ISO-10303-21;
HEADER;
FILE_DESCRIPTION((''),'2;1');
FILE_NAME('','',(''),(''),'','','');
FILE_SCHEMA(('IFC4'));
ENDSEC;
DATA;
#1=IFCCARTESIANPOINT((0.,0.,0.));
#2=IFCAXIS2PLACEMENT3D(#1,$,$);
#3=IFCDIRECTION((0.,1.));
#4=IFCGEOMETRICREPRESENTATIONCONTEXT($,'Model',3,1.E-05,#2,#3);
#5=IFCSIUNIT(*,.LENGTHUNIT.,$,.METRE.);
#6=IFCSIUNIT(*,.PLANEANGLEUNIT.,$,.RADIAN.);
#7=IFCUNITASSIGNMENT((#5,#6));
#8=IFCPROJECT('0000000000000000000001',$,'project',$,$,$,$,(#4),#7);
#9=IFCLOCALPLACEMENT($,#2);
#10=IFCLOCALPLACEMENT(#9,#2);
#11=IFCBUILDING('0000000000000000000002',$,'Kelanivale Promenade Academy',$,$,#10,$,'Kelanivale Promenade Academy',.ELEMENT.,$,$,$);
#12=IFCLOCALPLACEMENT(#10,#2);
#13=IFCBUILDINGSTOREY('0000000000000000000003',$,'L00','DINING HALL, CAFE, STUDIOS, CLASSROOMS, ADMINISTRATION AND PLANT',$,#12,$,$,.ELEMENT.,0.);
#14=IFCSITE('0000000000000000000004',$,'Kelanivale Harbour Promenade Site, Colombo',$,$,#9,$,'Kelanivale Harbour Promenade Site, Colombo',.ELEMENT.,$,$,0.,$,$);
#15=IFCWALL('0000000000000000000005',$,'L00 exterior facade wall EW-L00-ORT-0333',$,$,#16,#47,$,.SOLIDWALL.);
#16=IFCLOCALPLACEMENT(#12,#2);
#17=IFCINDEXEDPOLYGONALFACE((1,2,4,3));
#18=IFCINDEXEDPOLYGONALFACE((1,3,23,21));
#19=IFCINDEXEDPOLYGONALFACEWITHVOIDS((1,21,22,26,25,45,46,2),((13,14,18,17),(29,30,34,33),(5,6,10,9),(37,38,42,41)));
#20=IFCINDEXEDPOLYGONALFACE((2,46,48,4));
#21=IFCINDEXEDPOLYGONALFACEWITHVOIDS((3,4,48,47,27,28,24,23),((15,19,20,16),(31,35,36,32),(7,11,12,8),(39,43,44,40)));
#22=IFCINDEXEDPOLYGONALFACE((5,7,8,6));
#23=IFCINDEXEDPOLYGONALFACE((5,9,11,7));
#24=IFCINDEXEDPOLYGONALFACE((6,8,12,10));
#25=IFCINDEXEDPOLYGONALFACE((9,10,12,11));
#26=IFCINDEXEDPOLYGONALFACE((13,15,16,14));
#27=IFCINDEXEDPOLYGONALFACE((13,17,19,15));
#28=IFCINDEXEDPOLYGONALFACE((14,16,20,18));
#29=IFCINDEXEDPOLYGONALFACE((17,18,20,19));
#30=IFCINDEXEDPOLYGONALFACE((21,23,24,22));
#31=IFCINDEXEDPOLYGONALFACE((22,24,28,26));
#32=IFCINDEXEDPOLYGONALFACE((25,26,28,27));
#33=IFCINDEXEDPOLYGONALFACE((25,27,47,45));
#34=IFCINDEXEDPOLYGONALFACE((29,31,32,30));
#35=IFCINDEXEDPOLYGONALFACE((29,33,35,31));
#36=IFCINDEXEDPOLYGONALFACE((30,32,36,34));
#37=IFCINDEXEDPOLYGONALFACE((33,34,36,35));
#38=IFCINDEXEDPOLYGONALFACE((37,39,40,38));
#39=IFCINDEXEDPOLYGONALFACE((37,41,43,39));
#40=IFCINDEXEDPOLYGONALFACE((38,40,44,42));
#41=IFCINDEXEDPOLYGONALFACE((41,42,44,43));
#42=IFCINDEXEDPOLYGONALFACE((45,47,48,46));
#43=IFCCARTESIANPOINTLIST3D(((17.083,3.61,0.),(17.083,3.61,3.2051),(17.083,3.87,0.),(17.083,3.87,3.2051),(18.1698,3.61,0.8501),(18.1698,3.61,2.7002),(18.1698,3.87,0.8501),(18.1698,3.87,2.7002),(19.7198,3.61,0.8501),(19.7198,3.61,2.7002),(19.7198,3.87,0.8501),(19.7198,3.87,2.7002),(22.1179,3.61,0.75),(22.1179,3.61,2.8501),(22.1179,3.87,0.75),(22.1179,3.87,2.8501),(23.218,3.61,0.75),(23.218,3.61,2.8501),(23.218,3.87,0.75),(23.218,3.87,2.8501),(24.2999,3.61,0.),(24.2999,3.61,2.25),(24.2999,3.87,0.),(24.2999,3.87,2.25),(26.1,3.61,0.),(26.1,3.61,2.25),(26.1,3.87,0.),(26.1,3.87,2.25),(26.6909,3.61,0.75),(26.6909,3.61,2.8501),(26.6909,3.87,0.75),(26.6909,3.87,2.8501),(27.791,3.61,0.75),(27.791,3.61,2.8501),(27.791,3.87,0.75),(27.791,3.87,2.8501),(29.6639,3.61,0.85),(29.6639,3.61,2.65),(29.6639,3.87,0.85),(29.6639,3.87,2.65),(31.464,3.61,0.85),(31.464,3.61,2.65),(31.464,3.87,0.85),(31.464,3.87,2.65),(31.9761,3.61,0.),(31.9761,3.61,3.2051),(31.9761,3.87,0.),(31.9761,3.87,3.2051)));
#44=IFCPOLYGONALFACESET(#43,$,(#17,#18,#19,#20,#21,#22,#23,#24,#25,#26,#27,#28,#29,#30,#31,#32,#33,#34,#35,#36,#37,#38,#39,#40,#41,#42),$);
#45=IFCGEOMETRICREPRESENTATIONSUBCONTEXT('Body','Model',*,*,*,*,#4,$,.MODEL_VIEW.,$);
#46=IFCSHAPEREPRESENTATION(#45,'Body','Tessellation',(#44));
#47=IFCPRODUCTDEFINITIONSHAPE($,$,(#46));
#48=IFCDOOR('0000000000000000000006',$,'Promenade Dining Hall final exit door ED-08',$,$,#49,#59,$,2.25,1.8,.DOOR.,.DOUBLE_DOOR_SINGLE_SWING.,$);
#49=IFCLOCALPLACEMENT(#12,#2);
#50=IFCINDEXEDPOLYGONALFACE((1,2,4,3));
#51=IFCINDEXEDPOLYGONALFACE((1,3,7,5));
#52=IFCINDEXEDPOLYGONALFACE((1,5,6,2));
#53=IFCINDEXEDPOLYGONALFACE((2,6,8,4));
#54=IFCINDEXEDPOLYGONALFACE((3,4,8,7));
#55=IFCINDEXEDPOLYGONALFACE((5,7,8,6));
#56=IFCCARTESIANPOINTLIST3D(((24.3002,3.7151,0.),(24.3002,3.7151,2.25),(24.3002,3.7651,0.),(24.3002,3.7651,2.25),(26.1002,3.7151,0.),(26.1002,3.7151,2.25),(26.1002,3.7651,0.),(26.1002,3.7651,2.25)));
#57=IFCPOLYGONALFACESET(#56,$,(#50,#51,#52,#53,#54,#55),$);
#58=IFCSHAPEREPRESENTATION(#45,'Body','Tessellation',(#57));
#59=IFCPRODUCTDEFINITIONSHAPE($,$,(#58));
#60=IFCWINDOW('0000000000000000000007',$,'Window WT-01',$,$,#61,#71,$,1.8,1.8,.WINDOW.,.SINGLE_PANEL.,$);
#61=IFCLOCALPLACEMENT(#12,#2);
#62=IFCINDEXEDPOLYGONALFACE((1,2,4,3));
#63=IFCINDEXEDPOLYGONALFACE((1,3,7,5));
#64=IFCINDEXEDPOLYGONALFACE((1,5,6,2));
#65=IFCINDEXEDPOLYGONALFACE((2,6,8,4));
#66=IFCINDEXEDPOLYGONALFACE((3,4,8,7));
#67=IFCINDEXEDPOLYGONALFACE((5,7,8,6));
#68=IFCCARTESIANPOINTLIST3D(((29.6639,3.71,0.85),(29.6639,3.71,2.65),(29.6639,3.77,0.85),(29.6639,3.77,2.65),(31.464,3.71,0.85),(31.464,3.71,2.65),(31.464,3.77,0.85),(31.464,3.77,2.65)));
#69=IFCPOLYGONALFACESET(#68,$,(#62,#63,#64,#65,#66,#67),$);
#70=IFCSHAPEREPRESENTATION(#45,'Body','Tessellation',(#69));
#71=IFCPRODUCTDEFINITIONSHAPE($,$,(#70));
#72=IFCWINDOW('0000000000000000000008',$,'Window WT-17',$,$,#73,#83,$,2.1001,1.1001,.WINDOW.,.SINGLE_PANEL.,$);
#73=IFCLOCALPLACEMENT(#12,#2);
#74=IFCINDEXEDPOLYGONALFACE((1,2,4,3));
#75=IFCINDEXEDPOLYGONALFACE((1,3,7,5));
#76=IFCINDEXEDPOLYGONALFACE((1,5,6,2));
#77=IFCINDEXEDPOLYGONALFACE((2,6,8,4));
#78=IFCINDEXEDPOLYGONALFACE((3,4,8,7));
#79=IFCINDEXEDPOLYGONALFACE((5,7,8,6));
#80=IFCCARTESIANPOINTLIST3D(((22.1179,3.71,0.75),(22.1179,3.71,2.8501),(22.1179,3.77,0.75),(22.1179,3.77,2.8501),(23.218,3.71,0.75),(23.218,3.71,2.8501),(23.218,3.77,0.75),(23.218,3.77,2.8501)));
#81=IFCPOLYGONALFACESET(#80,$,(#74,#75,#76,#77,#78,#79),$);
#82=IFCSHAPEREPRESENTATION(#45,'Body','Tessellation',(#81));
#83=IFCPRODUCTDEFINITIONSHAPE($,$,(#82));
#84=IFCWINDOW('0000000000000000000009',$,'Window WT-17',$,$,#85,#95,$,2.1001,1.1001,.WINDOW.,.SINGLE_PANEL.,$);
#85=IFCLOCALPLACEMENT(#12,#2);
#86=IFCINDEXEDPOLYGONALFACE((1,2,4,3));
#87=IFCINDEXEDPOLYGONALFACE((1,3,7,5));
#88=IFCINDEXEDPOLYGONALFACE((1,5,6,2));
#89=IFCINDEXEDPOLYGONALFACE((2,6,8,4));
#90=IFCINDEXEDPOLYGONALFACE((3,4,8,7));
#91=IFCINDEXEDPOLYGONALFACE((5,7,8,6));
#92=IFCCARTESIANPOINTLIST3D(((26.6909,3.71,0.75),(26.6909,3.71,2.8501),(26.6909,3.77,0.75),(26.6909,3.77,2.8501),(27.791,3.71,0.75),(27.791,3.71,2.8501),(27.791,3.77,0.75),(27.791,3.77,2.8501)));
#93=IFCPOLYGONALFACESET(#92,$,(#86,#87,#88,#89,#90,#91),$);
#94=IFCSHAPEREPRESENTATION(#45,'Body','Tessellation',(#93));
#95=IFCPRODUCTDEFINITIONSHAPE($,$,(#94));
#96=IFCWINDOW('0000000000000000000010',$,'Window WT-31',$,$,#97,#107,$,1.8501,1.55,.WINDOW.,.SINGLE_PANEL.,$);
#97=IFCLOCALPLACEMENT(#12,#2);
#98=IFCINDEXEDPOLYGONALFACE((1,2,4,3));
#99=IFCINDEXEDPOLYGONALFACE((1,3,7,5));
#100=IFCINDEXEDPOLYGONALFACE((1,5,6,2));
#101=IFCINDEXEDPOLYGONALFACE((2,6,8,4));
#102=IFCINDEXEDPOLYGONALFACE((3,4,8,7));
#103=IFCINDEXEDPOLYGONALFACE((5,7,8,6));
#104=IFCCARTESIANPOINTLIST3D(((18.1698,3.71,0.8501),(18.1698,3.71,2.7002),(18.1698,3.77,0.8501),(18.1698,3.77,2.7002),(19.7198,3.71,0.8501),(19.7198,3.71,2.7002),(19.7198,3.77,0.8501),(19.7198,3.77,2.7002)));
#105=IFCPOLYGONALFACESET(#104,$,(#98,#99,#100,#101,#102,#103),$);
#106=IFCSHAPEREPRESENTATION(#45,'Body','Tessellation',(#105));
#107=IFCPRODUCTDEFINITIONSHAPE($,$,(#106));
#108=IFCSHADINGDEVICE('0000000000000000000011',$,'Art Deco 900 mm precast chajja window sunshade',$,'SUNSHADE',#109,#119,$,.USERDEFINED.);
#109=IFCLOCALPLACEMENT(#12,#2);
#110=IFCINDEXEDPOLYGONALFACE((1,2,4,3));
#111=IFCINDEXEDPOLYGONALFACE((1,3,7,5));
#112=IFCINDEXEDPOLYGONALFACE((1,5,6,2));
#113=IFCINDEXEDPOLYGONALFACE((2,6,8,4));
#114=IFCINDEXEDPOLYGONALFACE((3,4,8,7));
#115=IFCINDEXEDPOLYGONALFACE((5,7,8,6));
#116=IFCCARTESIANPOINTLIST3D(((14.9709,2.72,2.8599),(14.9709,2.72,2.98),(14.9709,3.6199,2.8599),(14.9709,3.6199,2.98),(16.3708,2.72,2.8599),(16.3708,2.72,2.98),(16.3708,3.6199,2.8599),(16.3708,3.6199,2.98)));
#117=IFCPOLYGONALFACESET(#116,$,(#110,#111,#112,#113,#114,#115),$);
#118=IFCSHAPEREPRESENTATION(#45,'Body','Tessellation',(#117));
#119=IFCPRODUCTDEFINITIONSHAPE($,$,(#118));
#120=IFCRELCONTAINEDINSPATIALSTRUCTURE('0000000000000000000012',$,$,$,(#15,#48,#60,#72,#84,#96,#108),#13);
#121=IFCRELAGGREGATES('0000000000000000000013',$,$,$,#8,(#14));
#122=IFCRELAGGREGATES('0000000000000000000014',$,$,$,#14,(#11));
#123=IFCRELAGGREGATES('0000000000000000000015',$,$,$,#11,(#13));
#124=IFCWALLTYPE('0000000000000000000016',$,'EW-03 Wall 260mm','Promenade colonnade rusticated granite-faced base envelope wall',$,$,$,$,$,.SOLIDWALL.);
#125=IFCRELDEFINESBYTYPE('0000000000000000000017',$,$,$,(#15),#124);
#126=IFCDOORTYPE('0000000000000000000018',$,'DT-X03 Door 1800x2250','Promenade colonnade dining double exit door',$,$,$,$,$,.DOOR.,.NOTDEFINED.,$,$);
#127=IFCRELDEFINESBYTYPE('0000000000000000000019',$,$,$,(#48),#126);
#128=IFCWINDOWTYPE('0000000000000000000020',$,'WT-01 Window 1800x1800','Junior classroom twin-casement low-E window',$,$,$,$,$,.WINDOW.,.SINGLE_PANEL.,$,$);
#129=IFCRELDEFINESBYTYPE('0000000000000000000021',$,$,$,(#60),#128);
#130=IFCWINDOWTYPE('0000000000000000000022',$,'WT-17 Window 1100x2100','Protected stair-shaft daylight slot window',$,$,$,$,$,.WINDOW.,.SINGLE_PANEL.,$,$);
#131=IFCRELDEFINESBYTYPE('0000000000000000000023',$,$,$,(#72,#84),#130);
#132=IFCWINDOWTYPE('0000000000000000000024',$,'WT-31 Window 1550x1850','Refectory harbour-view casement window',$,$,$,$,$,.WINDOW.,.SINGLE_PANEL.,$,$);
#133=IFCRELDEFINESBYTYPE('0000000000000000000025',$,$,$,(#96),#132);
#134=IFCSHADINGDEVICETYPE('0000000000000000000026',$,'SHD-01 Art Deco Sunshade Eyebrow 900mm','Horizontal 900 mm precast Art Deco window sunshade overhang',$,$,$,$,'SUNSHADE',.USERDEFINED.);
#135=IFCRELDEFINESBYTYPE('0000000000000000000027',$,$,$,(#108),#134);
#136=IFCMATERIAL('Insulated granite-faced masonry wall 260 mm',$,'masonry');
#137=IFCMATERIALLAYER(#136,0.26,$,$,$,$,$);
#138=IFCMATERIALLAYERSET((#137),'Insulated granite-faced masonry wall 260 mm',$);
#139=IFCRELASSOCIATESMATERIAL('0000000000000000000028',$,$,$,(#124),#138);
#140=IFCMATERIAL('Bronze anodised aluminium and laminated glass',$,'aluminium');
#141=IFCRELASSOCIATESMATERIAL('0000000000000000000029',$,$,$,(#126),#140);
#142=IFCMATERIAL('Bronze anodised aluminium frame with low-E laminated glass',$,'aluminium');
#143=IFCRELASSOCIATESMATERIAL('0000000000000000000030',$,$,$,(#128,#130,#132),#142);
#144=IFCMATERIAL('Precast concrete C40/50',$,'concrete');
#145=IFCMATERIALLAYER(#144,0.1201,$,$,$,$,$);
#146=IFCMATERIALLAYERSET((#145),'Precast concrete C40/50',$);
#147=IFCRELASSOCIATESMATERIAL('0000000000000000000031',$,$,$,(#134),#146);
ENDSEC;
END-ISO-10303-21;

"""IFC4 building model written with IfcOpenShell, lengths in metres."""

from ifc_helpers import new_model, si_unit, direction, frame, frame_2d, origin, origin_2d, place, context, subcontext, project, spatial, rectangle, extrude, material, layer, layer_set, type_object, element, fill, save


model = new_model("IFC4")

# Units and contexts
model_context = context("Model", 3, precision=1e-05, world=origin(), true_north=direction((0.0, 1.0)))
body_context = subcontext(model_context, "Body", "Model", "MODEL_VIEW")
ifc_project = project(units=[si_unit("LENGTHUNIT", "METRE"), si_unit("PLANEANGLEUNIT", "RADIAN")], contexts=[model_context])

# Site, building, storey
site_placement = place(None, origin())
site = spatial("IfcSite", under=ifc_project, at=site_placement, Name="Kelanivale Harbour Promenade Site, Colombo", LongName="Kelanivale Harbour Promenade Site, Colombo", CompositionType="ELEMENT", RefElevation=0.0)
building_placement = place(site_placement, origin())
building = spatial("IfcBuilding", under=site, at=building_placement, Name="Kelanivale Promenade Academy", LongName="Kelanivale Promenade Academy", CompositionType="ELEMENT")
storey_placement = place(building_placement, origin())
storey = spatial("IfcBuildingStorey", under=building, at=storey_placement, Name="L00", Description="DINING HALL, CAFE, STUDIOS, CLASSROOMS, ADMINISTRATION AND PLANT", CompositionType="ELEMENT", Elevation=0.0)

# Wall, openings, door, windows
ifc_material_1 = material(Name="Insulated granite-faced masonry wall 260 mm", Category="masonry")
ifc_layer_1 = layer(ifc_material_1, 0.26)
ifc_layer_set_1 = layer_set([ifc_layer_1], Name="Insulated granite-faced masonry wall 260 mm")
wall_type = type_object("IfcWallType", Name="EW-03 Wall 260mm", Description="Promenade colonnade rusticated granite-faced base envelope wall", PredefinedType="SOLIDWALL", material=ifc_layer_set_1)
wall_placement = place(storey_placement, frame((17.083, 3.74, 0.0), z_axis=(0.0, 0.0, 1.0), x_axis=(1.0, 0.0, 0.0)))
wall = element("IfcWall", 1, at=wall_placement, inside=storey, type_object=wall_type, Name="L00 exterior facade wall EW-L00-ORT-0333", PredefinedType="SOLIDWALL", context=body_context, shape_type="SweptSolid", body=[
    extrude(rectangle(XDim=14.8931, YDim=0.26, at=frame_2d((7.4465, 0.0))), origin(), (0.0, 0.0, 1.0), 3.2051),
])
opening_1_placement = place(wall_placement, frame((7.217, 0.0, 0.0)))
opening_1 = element("IfcOpeningElement", 2, at=opening_1_placement, cuts=wall, PredefinedType="OPENING", context=body_context, shape_type="SweptSolid", body=[
    extrude(rectangle(XDim=1.8, YDim=2.25, at=frame_2d((0.8999, 1.125))), frame((0.0, 0.1401, 0.0), z_axis=(0.0, -1.0, 0.0), x_axis=(1.0, 0.0, 0.0)), (0.0, 0.0, 1.0), 0.28),
])
opening_2_placement = place(wall_placement, frame((1.0869, 0.0, 0.8501)))
opening_2 = element("IfcOpeningElement", 3, at=opening_2_placement, cuts=wall, PredefinedType="OPENING", context=body_context, shape_type="SweptSolid", body=[
    extrude(rectangle(XDim=1.55, YDim=1.8501, at=frame_2d((0.7749, 0.925))), frame((0.0, 0.1401, 0.0), z_axis=(0.0, -1.0, 0.0), x_axis=(1.0, 0.0, 0.0)), (0.0, 0.0, 1.0), 0.28),
])
opening_3_placement = place(wall_placement, frame((5.0349, 0.0, 0.75)))
opening_3 = element("IfcOpeningElement", 4, at=opening_3_placement, cuts=wall, PredefinedType="OPENING", context=body_context, shape_type="SweptSolid", body=[
    extrude(rectangle(XDim=1.1001, YDim=2.1001, at=frame_2d((0.55, 1.05))), frame((0.0, 0.1401, 0.0), z_axis=(0.0, -1.0, 0.0), x_axis=(1.0, 0.0, 0.0)), (0.0, 0.0, 1.0), 0.28),
])
opening_4_placement = place(wall_placement, frame((9.6079, 0.0, 0.75)))
opening_4 = element("IfcOpeningElement", 5, at=opening_4_placement, cuts=wall, PredefinedType="OPENING", context=body_context, shape_type="SweptSolid", body=[
    extrude(rectangle(XDim=1.1001, YDim=2.1001, at=frame_2d((0.55, 1.05))), frame((0.0, 0.1401, 0.0), z_axis=(0.0, -1.0, 0.0), x_axis=(1.0, 0.0, 0.0)), (0.0, 0.0, 1.0), 0.28),
])
opening_5_placement = place(wall_placement, frame((12.5811, 0.0, 0.8501)))
opening_5 = element("IfcOpeningElement", 6, at=opening_5_placement, cuts=wall, PredefinedType="OPENING", context=body_context, shape_type="SweptSolid", body=[
    extrude(rectangle(XDim=1.8, YDim=1.8, at=frame_2d((0.8999, 0.8999))), frame((0.0, 0.1401, 0.0), z_axis=(0.0, -1.0, 0.0), x_axis=(1.0, 0.0, 0.0)), (0.0, 0.0, 1.0), 0.28),
])
ifc_material_2 = material(Name="Bronze anodised aluminium and laminated glass", Category="aluminium")
door_type = type_object("IfcDoorType", Name="DT-X03 Door 1800x2250", Description="Promenade colonnade dining double exit door", OperationType="NOTDEFINED", PredefinedType="DOOR", material=ifc_material_2)
door_placement = place(opening_1_placement, frame((1.8, 0.0, 0.0), z_axis=(0.0, 0.0, 1.0), x_axis=(-1.0, 0.0, 0.0)))
door = element("IfcDoor", 7, at=door_placement, inside=storey, type_object=door_type, Name="Promenade Dining Hall final exit door ED-08", OperationType="DOUBLE_DOOR_SINGLE_SWING", OverallHeight=2.25, OverallWidth=1.8, PredefinedType="DOOR", context=body_context, shape_type="SweptSolid", body=[
    extrude(rectangle(XDim=1.8, YDim=2.25, at=frame_2d((0.8999, 1.125))), frame((0.0, 0.0249, 0.0), z_axis=(0.0, -1.0, 0.0), x_axis=(1.0, 0.0, 0.0)), (0.0, 0.0, 1.0), 0.05),
])
fill(opening_1, door)
ifc_material_3 = material(Name="Bronze anodised aluminium frame with low-E laminated glass", Category="aluminium")
window_type_1 = type_object("IfcWindowType", Name="WT-01 Window 1800x1800", Description="Junior classroom twin-casement low-E window", PartitioningType="SINGLE_PANEL", PredefinedType="WINDOW", material=ifc_material_3)
window_1_placement = place(opening_5_placement, origin())
window_1 = element("IfcWindow", 8, at=window_1_placement, inside=storey, type_object=window_type_1, Name="Window WT-01", OverallHeight=1.8, OverallWidth=1.8, PartitioningType="SINGLE_PANEL", PredefinedType="WINDOW", context=body_context, shape_type="SweptSolid", body=[
    extrude(rectangle(XDim=1.8, YDim=1.8, at=frame_2d((0.8999, 0.8999))), frame((0.0, 0.03, 0.0), z_axis=(0.0, -1.0, 0.0), x_axis=(1.0, 0.0, 0.0)), (0.0, 0.0, 1.0), 0.0601),
])
fill(opening_5, window_1)
window_type_2 = type_object("IfcWindowType", Name="WT-17 Window 1100x2100", Description="Protected stair-shaft daylight slot window", PartitioningType="SINGLE_PANEL", PredefinedType="WINDOW", material=ifc_material_3)
window_2_placement = place(opening_3_placement, origin())
window_2 = element("IfcWindow", 9, at=window_2_placement, inside=storey, type_object=window_type_2, Name="Window WT-17", OverallHeight=2.1001, OverallWidth=1.1001, PartitioningType="SINGLE_PANEL", PredefinedType="WINDOW", context=body_context, shape_type="SweptSolid", body=[
    extrude(rectangle(XDim=1.1001, YDim=2.1001, at=frame_2d((0.55, 1.05))), frame((0.0, 0.03, 0.0), z_axis=(0.0, -1.0, 0.0), x_axis=(1.0, 0.0, 0.0)), (0.0, 0.0, 1.0), 0.0601),
])
fill(opening_3, window_2)
window_3_placement = place(opening_4_placement, origin())
window_3 = element("IfcWindow", 10, at=window_3_placement, inside=storey, type_object=window_type_2, Name="Window WT-17", OverallHeight=2.1001, OverallWidth=1.1001, PartitioningType="SINGLE_PANEL", PredefinedType="WINDOW", context=body_context, shape_type="SweptSolid", body=[
    extrude(rectangle(XDim=1.1001, YDim=2.1001, at=frame_2d((0.55, 1.05))), frame((0.0, 0.03, 0.0), z_axis=(0.0, -1.0, 0.0), x_axis=(1.0, 0.0, 0.0)), (0.0, 0.0, 1.0), 0.0601),
])
fill(opening_4, window_3)
window_type_3 = type_object("IfcWindowType", Name="WT-31 Window 1550x1850", Description="Refectory harbour-view casement window", PartitioningType="SINGLE_PANEL", PredefinedType="WINDOW", material=ifc_material_3)
window_4_placement = place(opening_2_placement, origin())
window_4 = element("IfcWindow", 11, at=window_4_placement, inside=storey, type_object=window_type_3, Name="Window WT-31", OverallHeight=1.8501, OverallWidth=1.55, PartitioningType="SINGLE_PANEL", PredefinedType="WINDOW", context=body_context, shape_type="SweptSolid", body=[
    extrude(rectangle(XDim=1.55, YDim=1.8501, at=frame_2d((0.7749, 0.925))), frame((0.0, 0.03, 0.0), z_axis=(0.0, -1.0, 0.0), x_axis=(1.0, 0.0, 0.0)), (0.0, 0.0, 1.0), 0.0601),
])
fill(opening_2, window_4)

# Shading device
ifc_material_4 = material(Name="Precast concrete C40/50", Category="concrete")
ifc_layer_2 = layer(ifc_material_4, 0.1201)
ifc_layer_set_2 = layer_set([ifc_layer_2], Name="Precast concrete C40/50")
shading_device_type = type_object("IfcShadingDeviceType", Name="SHD-01 Art Deco Sunshade Eyebrow 900mm", Description="Horizontal 900 mm precast Art Deco window sunshade overhang", ElementType="SUNSHADE", PredefinedType="USERDEFINED", material=ifc_layer_set_2)
shading_device_placement = place(storey_placement, frame((15.6709, 3.1699, 2.8599), z_axis=(0.0, 0.0, 1.0), x_axis=(1.0, 0.0, 0.0)))
element("IfcShadingDevice", 12, at=shading_device_placement, inside=storey, type_object=shading_device_type, Name="Art Deco 900 mm precast chajja window sunshade", ObjectType="SUNSHADE", PredefinedType="USERDEFINED", context=body_context, shape_type="SweptSolid", body=[
    extrude(rectangle(XDim=1.3999, YDim=0.8999, at=origin_2d()), origin(), (0.0, 0.0, 1.0), 0.1201),
])

save(model, "model.ifc")
